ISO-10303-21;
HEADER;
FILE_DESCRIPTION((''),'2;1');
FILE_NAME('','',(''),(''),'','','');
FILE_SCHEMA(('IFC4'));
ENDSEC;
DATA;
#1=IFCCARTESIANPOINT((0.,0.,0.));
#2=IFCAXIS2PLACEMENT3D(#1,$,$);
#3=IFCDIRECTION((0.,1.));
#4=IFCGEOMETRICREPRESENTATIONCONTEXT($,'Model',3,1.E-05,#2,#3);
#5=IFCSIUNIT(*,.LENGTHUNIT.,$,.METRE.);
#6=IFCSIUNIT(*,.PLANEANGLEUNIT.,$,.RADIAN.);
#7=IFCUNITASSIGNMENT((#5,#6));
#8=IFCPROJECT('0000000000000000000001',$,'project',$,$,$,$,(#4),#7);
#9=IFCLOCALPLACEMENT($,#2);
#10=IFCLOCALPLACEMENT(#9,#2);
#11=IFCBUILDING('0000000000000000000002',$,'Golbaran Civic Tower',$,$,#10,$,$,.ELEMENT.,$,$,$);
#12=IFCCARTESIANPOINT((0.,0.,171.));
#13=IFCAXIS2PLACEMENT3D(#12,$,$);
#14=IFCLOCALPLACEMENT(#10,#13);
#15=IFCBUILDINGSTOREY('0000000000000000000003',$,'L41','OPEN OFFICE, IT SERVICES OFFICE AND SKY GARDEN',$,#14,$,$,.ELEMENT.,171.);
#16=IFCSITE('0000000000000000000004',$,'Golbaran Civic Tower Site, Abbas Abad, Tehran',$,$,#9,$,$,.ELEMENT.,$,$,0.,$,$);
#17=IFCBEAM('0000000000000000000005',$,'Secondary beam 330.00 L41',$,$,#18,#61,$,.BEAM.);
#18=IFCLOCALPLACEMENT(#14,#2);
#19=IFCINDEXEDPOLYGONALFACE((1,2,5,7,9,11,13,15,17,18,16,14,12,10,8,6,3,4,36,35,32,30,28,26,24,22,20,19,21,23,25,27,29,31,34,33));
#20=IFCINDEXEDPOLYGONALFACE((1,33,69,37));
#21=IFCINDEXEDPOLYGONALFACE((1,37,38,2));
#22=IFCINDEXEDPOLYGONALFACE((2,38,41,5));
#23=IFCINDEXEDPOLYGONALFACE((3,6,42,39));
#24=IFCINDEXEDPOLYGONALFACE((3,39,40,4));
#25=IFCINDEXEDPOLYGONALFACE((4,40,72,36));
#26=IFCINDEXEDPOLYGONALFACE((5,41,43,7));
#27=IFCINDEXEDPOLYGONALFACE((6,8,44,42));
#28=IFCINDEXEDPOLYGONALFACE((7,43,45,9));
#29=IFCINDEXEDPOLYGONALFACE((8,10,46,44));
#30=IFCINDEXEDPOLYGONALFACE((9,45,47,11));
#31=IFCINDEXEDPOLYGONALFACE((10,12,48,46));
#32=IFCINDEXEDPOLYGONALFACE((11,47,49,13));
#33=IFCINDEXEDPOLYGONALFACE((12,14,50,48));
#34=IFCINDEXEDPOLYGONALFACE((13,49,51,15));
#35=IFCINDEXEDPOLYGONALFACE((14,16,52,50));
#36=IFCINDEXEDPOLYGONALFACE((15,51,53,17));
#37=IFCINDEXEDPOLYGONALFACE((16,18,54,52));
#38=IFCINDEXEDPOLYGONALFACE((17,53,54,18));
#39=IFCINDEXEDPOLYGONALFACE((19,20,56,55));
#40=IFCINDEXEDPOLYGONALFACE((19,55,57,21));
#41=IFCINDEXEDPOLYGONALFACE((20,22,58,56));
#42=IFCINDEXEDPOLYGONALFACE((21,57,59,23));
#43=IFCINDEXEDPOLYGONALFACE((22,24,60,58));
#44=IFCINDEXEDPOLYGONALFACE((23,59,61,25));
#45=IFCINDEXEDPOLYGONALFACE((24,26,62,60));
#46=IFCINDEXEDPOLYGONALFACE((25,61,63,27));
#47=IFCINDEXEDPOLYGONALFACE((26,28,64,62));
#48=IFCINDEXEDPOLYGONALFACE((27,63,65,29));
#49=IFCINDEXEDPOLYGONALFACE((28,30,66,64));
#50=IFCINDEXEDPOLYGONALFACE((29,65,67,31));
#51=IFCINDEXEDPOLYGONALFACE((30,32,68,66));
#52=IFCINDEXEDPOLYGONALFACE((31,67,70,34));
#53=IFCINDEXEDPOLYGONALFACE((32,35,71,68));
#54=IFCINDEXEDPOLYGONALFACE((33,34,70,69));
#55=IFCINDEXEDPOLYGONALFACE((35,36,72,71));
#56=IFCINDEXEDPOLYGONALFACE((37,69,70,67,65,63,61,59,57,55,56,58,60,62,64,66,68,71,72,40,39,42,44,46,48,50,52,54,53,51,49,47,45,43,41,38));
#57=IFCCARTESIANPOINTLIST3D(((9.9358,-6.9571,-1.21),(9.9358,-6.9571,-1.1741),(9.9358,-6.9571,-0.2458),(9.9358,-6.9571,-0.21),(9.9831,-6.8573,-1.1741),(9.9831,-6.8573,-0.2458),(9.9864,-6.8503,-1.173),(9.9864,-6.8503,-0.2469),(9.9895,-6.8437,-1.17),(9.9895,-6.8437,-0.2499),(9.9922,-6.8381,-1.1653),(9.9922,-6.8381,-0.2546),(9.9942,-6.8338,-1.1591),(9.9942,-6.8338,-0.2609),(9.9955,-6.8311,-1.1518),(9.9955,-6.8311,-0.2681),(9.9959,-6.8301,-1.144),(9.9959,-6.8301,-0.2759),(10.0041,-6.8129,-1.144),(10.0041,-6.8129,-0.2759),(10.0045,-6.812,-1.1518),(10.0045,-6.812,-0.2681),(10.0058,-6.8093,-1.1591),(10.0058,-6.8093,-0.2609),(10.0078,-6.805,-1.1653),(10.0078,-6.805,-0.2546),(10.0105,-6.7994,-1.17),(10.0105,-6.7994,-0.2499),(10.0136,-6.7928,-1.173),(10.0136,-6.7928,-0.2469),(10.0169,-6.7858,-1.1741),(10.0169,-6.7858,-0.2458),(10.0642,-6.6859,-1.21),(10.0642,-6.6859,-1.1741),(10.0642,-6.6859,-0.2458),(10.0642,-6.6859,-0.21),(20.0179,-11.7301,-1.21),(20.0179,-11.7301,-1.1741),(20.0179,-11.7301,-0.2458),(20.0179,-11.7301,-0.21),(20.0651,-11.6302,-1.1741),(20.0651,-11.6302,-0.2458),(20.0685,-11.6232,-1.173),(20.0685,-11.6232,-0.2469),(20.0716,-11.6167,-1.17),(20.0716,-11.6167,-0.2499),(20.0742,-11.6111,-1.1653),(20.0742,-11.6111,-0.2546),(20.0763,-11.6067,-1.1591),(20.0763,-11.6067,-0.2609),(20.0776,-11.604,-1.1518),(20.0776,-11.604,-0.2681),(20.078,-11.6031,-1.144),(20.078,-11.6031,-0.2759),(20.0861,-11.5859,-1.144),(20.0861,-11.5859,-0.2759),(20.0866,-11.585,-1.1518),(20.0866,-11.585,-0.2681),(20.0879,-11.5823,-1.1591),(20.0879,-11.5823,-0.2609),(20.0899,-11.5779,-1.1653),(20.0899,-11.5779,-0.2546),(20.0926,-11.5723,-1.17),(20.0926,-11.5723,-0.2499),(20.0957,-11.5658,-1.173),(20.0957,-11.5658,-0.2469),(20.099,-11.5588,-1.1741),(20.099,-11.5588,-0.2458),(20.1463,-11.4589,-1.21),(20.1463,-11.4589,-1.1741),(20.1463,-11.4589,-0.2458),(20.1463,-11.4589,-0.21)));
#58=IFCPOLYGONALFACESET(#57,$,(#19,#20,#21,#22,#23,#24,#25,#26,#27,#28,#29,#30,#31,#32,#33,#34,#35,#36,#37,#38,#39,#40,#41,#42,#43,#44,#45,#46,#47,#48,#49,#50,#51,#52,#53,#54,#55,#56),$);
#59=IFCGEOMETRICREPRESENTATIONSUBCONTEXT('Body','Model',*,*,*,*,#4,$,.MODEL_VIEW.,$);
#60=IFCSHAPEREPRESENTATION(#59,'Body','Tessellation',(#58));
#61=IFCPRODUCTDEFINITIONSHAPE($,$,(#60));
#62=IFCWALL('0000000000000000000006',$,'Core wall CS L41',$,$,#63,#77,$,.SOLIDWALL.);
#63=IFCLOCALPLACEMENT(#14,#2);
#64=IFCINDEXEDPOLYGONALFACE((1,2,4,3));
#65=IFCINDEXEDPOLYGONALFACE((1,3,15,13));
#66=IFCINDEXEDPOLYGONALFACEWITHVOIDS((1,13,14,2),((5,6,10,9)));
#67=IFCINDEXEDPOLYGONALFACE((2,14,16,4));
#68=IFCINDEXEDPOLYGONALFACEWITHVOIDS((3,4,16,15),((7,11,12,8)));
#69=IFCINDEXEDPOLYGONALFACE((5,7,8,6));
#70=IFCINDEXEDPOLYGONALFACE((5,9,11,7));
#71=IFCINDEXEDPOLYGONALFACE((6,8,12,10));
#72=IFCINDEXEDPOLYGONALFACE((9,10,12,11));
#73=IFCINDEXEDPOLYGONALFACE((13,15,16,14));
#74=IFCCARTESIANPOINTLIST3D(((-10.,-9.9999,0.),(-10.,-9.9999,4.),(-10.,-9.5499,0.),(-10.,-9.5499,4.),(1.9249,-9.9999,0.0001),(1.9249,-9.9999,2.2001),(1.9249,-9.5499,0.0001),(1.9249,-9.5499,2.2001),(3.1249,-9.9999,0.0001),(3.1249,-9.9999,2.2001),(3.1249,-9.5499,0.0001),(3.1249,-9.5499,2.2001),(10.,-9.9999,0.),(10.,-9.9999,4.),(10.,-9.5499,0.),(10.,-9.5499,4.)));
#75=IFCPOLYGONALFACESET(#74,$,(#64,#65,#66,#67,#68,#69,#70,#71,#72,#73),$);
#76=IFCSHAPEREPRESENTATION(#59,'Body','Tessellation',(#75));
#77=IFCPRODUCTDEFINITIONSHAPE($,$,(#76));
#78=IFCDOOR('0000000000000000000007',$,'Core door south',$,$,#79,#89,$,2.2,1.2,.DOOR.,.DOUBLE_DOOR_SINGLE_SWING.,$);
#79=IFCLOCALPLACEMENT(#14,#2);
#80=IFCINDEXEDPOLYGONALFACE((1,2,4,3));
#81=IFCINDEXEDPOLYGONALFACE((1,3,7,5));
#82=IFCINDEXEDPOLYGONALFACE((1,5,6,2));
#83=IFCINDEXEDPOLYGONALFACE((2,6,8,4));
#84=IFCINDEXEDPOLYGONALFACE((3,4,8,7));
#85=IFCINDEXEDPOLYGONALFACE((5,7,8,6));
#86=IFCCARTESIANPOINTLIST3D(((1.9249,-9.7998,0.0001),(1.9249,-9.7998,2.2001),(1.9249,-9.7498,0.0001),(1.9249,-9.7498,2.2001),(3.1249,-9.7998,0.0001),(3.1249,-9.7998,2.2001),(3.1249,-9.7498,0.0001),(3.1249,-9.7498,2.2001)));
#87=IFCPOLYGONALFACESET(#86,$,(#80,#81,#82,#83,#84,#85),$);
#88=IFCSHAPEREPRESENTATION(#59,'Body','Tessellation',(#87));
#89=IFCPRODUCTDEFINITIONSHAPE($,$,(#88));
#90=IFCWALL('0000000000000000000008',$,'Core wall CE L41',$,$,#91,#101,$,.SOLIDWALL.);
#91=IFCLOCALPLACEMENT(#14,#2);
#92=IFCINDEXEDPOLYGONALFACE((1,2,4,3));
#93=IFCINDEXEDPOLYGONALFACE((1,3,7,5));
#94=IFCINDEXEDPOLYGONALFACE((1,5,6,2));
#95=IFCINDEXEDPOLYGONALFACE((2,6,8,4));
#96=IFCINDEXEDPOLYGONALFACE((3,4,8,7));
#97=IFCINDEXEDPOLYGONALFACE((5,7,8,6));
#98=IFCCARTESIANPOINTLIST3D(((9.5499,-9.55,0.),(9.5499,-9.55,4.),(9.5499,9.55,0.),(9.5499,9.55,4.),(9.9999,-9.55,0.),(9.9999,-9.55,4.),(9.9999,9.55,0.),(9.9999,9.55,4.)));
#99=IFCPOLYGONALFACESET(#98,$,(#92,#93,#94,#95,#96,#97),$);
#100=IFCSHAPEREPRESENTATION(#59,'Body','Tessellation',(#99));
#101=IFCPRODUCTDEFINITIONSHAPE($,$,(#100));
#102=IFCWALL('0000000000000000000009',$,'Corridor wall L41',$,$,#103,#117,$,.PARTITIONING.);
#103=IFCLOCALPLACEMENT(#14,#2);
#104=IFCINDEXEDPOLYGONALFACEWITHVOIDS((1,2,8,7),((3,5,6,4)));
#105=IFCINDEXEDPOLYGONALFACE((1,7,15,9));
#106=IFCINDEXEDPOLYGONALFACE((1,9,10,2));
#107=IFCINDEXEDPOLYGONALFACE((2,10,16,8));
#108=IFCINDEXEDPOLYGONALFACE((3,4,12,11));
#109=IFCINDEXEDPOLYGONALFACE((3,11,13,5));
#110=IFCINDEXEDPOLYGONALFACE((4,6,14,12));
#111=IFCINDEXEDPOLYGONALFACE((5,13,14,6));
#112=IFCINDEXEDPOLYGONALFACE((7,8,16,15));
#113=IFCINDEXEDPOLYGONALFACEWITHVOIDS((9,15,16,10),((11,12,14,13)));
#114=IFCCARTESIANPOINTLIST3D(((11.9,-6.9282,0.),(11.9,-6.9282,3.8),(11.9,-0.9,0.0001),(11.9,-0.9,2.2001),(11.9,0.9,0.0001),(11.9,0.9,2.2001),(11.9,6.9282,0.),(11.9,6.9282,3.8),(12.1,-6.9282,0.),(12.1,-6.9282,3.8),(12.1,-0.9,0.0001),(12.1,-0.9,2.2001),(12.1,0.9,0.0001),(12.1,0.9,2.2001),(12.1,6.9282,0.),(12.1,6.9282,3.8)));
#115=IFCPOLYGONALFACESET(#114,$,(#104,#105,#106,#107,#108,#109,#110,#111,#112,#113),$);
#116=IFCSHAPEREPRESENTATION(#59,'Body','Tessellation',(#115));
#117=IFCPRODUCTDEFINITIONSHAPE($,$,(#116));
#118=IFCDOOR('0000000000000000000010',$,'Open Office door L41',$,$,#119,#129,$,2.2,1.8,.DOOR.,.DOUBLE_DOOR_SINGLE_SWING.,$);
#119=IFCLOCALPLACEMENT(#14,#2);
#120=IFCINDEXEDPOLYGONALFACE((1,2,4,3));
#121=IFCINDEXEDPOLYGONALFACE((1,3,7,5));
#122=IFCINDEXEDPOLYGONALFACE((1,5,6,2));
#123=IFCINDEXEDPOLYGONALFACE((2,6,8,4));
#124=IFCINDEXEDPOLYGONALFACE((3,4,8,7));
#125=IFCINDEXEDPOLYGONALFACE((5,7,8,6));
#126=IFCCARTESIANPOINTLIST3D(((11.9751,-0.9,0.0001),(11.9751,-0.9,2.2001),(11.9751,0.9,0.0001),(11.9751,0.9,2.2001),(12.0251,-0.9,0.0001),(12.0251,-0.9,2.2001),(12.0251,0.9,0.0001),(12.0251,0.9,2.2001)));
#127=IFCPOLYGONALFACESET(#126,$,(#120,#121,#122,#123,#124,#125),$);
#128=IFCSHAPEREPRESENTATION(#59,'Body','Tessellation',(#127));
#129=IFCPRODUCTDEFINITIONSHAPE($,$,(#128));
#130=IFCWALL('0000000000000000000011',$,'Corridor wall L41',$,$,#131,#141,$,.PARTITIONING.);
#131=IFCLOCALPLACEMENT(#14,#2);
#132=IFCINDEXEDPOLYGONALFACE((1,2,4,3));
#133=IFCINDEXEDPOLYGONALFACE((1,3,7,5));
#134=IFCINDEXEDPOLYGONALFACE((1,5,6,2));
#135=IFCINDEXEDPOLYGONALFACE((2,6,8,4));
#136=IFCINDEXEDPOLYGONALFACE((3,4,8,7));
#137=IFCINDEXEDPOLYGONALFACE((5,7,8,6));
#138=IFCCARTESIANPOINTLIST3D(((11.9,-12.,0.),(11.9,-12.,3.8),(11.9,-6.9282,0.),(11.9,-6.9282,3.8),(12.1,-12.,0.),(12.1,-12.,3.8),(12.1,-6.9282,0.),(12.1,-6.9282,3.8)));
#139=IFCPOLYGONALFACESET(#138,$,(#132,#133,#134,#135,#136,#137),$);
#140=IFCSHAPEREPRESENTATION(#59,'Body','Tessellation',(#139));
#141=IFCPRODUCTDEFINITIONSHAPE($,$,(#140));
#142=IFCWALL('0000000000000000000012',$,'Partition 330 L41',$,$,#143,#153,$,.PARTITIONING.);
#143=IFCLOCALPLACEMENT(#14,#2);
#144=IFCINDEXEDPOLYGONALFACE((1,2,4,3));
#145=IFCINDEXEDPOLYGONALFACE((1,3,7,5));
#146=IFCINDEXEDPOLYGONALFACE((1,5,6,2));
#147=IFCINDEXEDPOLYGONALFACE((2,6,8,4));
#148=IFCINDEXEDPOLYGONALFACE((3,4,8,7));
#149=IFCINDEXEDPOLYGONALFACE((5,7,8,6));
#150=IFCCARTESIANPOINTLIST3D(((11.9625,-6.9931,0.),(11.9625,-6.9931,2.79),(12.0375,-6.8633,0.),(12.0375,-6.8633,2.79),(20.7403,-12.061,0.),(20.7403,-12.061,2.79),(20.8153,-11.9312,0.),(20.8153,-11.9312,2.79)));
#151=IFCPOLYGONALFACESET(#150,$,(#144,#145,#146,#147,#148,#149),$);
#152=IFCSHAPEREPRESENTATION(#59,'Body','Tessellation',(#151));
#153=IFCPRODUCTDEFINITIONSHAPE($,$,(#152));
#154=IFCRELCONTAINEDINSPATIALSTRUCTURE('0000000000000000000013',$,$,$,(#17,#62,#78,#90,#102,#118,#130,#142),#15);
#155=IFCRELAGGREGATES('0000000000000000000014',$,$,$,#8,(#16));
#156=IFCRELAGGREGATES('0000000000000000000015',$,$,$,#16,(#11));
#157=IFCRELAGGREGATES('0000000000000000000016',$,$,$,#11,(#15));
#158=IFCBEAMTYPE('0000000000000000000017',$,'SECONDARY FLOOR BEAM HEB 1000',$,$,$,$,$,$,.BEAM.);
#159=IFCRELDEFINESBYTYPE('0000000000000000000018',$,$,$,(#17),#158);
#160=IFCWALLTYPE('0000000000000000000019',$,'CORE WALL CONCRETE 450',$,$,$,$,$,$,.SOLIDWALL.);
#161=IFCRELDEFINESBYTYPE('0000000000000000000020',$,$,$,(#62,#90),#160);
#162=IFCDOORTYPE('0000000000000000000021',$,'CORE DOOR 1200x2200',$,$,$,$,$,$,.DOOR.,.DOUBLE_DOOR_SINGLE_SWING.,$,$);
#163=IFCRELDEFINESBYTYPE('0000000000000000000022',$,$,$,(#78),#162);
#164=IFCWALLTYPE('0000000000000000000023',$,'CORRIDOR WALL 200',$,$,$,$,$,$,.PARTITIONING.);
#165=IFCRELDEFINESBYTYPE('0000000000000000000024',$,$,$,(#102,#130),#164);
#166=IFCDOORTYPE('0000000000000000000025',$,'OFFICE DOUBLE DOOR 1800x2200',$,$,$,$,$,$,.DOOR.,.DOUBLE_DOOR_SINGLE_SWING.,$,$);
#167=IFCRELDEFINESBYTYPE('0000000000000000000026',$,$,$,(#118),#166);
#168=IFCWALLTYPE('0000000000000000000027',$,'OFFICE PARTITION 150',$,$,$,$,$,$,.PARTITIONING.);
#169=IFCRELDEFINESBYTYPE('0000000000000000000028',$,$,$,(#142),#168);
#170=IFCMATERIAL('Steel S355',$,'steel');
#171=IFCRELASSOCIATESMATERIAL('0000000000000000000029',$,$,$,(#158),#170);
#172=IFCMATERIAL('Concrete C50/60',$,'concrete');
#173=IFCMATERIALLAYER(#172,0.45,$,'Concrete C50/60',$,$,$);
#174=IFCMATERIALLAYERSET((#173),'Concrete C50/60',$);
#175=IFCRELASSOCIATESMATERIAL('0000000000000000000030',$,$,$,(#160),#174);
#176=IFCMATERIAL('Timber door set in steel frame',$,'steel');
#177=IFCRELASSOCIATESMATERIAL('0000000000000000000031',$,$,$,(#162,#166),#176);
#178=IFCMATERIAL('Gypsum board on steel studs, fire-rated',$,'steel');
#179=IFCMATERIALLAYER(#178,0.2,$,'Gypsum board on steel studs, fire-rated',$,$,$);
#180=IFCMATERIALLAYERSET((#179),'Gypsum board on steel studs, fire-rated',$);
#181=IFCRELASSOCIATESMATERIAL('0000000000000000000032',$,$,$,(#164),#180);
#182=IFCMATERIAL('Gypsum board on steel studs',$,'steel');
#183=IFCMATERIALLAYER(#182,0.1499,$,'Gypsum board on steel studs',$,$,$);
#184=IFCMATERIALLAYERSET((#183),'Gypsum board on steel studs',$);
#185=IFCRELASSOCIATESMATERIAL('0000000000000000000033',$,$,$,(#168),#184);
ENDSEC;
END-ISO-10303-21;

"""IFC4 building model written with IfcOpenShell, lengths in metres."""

from ifc_helpers import new_model, si_unit, direction, frame, frame_2d, origin, origin_2d, place, context, subcontext, project, spatial, rectangle, i_section, extrude, material, layer, layer_set, material_profile, profile_set, type_object, element, fill, save


model = new_model("IFC4")

# Units and contexts
model_context = context("Model", 3, precision=1e-05, world=origin(), true_north=direction((0.0, 1.0)))
body_context = subcontext(model_context, "Body", "Model", "MODEL_VIEW")
ifc_project = project(units=[si_unit("LENGTHUNIT", "METRE"), si_unit("PLANEANGLEUNIT", "RADIAN")], contexts=[model_context])

# Site, building, storey
site_placement = place(None, origin())
site = spatial("IfcSite", under=ifc_project, at=site_placement, Name="Golbaran Civic Tower Site, Abbas Abad, Tehran", CompositionType="ELEMENT", RefElevation=0.0)
building_placement = place(site_placement, origin())
building = spatial("IfcBuilding", under=site, at=building_placement, Name="Golbaran Civic Tower", CompositionType="ELEMENT")
storey_placement = place(building_placement, frame((0.0, 0.0, 171.0)))
storey = spatial("IfcBuildingStorey", under=building, at=storey_placement, Name="L41", Description="OPEN OFFICE, IT SERVICES OFFICE AND SKY GARDEN", CompositionType="ELEMENT", Elevation=171.0)

# Beam
ifc_material_1 = material(Name="Steel S355", Category="steel")
ifc_material_profile_1 = material_profile(ifc_material_1, i_section(OverallWidth=0.3, OverallDepth=1.0, WebThickness=0.019, FlangeThickness=0.0359, FilletRadius=0.03, at=origin_2d()), Name="HEB 1000")
ifc_profile_set_1 = profile_set([ifc_material_profile_1], Name="Steel S355")
beam_type_1 = type_object("IfcBeamType", Name="SECONDARY FLOOR BEAM HEB 1000", PredefinedType="BEAM", material=ifc_profile_set_1)
beam_1_placement = place(storey_placement, frame((10.0, -6.8215, -0.71), z_axis=(0.903833, -0.427885, 0.0), x_axis=(0.427885, 0.903833, 0.0)))
element("IfcBeam", 1, at=beam_1_placement, inside=storey, type_object=beam_type_1, Name="Secondary beam 330.00 L41", PredefinedType="BEAM", context=body_context, shape_type="SweptSolid", body=[
    extrude(i_section(OverallWidth=0.3, OverallDepth=1.0, WebThickness=0.019, FlangeThickness=0.0359, FilletRadius=0.03, at=origin_2d()), origin(), (0.0, 0.0, 1.0), 11.1548),
])

# Wall, opening, door
ifc_material_2 = material(Name="Concrete C50/60", Category="concrete")
ifc_layer_1 = layer(ifc_material_2, 0.45, Name="Concrete C50/60")
ifc_layer_set_1 = layer_set([ifc_layer_1], Name="Concrete C50/60")
wall_type_1 = type_object("IfcWallType", Name="CORE WALL CONCRETE 450", PredefinedType="SOLIDWALL", material=ifc_layer_set_1)
wall_1_placement = place(storey_placement, frame((10.0, -9.7749, 0.0), z_axis=(0.0, 0.0, 1.0), x_axis=(-1.0, 0.0, 0.0)))
wall_1 = element("IfcWall", 2, at=wall_1_placement, inside=storey, type_object=wall_type_1, Name="Core wall CS L41", PredefinedType="SOLIDWALL", context=body_context, shape_type="SweptSolid", body=[
    extrude(rectangle(XDim=20.0, YDim=0.45, at=frame_2d((10.0, 0.0))), origin(), (0.0, 0.0, 1.0), 4.0),
])
opening_1_placement = place(wall_1_placement, frame((6.875, 0.0, 0.0)))
opening_1 = element("IfcOpeningElement", 3, at=opening_1_placement, cuts=wall_1, PredefinedType="OPENING", context=body_context, shape_type="SweptSolid", body=[
    extrude(rectangle(XDim=1.2, YDim=2.2, at=frame_2d((0.6001, 1.1001))), frame((0.0, 0.2349, 0.0), z_axis=(0.0, -1.0, 0.0), x_axis=(1.0, 0.0, 0.0)), (0.0, 0.0, 1.0), 0.47),
])
ifc_material_3 = material(Name="Timber door set in steel frame", Category="steel")
door_type_1 = type_object("IfcDoorType", Name="CORE DOOR 1200x2200", OperationType="DOUBLE_DOOR_SINGLE_SWING", PredefinedType="DOOR", material=ifc_material_3)
door_1_placement = place(opening_1_placement, origin())
door_1 = element("IfcDoor", 4, at=door_1_placement, inside=storey, type_object=door_type_1, Name="Core door south", OperationType="DOUBLE_DOOR_SINGLE_SWING", OverallHeight=2.2, OverallWidth=1.2, PredefinedType="DOOR", context=body_context, shape_type="SweptSolid", body=[
    extrude(rectangle(XDim=1.2, YDim=2.2, at=frame_2d((0.6001, 1.1001))), frame((0.0, 0.0249, 0.0), z_axis=(0.0, -1.0, 0.0), x_axis=(1.0, 0.0, 0.0)), (0.0, 0.0, 1.0), 0.05),
])
fill(opening_1, door_1)

# Wall
wall_2_placement = place(storey_placement, frame((9.7749, -9.55, 0.0), z_axis=(0.0, 0.0, 1.0), x_axis=(0.0, 1.0, 0.0)))
element("IfcWall", 5, at=wall_2_placement, inside=storey, type_object=wall_type_1, Name="Core wall CE L41", PredefinedType="SOLIDWALL", context=body_context, shape_type="SweptSolid", body=[
    extrude(rectangle(XDim=19.1001, YDim=0.45, at=frame_2d((9.55, 0.0))), origin(), (0.0, 0.0, 1.0), 4.0),
])

# Wall, opening, door
ifc_material_4 = material(Name="Gypsum board on steel studs, fire-rated", Category="steel")
ifc_layer_2 = layer(ifc_material_4, 0.2, Name="Gypsum board on steel studs, fire-rated")
ifc_layer_set_2 = layer_set([ifc_layer_2], Name="Gypsum board on steel studs, fire-rated")
wall_type_2 = type_object("IfcWallType", Name="CORRIDOR WALL 200", PredefinedType="PARTITIONING", material=ifc_layer_set_2)
wall_3_placement = place(storey_placement, frame((12.0, -6.9282, 0.0), z_axis=(0.0, 0.0, 1.0), x_axis=(0.0, 1.0, 0.0)))
wall_3 = element("IfcWall", 6, at=wall_3_placement, inside=storey, type_object=wall_type_2, Name="Corridor wall L41", PredefinedType="PARTITIONING", context=body_context, shape_type="SweptSolid", body=[
    extrude(rectangle(XDim=13.8564, YDim=0.2, at=frame_2d((6.9282, 0.0))), origin(), (0.0, 0.0, 1.0), 3.8),
])
opening_2_placement = place(wall_3_placement, frame((6.0283, 0.0, 0.0)))
opening_2 = element("IfcOpeningElement", 7, at=opening_2_placement, cuts=wall_3, PredefinedType="OPENING", context=body_context, shape_type="SweptSolid", body=[
    extrude(rectangle(XDim=1.8, YDim=2.2, at=frame_2d((0.8999, 1.1001))), frame((0.0, 0.1099, 0.0), z_axis=(0.0, -1.0, 0.0), x_axis=(1.0, 0.0, 0.0)), (0.0, 0.0, 1.0), 0.22),
])
door_type_2 = type_object("IfcDoorType", Name="OFFICE DOUBLE DOOR 1800x2200", OperationType="DOUBLE_DOOR_SINGLE_SWING", PredefinedType="DOOR", material=ifc_material_3)
door_2_placement = place(opening_2_placement, origin())
door_2 = element("IfcDoor", 8, at=door_2_placement, inside=storey, type_object=door_type_2, Name="Open Office door L41", OperationType="DOUBLE_DOOR_SINGLE_SWING", OverallHeight=2.2, OverallWidth=1.8, PredefinedType="DOOR", context=body_context, shape_type="SweptSolid", body=[
    extrude(rectangle(XDim=1.8, YDim=2.2, at=frame_2d((0.8999, 1.1001))), frame((0.0, 0.0249, 0.0), z_axis=(0.0, -1.0, 0.0), x_axis=(1.0, 0.0, 0.0)), (0.0, 0.0, 1.0), 0.05),
])
fill(opening_2, door_2)

# Walls
wall_4_placement = place(storey_placement, frame((12.0, -12.0, 0.0), z_axis=(0.0, 0.0, 1.0), x_axis=(0.0, 1.0, 0.0)))
element("IfcWall", 9, at=wall_4_placement, inside=storey, type_object=wall_type_2, Name="Corridor wall L41", PredefinedType="PARTITIONING", context=body_context, shape_type="SweptSolid", body=[
    extrude(rectangle(XDim=5.0718, YDim=0.2, at=frame_2d((2.5359, 0.0))), origin(), (0.0, 0.0, 1.0), 3.8),
])
ifc_material_5 = material(Name="Gypsum board on steel studs", Category="steel")
ifc_layer_3 = layer(ifc_material_5, 0.1499, Name="Gypsum board on steel studs")
ifc_layer_set_3 = layer_set([ifc_layer_3], Name="Gypsum board on steel studs")
wall_type_3 = type_object("IfcWallType", Name="OFFICE PARTITION 150", PredefinedType="PARTITIONING", material=ifc_layer_set_3)
wall_5_placement = place(storey_placement, frame((12.0, -6.9282, 0.0), z_axis=(0.0, 0.0, 1.0), x_axis=(0.866026, -0.499999, 0.0)))
element("IfcWall", 10, at=wall_5_placement, inside=storey, type_object=wall_type_3, Name="Partition 330 L41", PredefinedType="PARTITIONING", context=body_context, shape_type="SweptSolid", body=[
    extrude(rectangle(XDim=10.1357, YDim=0.1499, at=frame_2d((5.0679, 0.0))), origin(), (0.0, 0.0, 1.0), 2.79),
])

save(model, "model.ifc")
